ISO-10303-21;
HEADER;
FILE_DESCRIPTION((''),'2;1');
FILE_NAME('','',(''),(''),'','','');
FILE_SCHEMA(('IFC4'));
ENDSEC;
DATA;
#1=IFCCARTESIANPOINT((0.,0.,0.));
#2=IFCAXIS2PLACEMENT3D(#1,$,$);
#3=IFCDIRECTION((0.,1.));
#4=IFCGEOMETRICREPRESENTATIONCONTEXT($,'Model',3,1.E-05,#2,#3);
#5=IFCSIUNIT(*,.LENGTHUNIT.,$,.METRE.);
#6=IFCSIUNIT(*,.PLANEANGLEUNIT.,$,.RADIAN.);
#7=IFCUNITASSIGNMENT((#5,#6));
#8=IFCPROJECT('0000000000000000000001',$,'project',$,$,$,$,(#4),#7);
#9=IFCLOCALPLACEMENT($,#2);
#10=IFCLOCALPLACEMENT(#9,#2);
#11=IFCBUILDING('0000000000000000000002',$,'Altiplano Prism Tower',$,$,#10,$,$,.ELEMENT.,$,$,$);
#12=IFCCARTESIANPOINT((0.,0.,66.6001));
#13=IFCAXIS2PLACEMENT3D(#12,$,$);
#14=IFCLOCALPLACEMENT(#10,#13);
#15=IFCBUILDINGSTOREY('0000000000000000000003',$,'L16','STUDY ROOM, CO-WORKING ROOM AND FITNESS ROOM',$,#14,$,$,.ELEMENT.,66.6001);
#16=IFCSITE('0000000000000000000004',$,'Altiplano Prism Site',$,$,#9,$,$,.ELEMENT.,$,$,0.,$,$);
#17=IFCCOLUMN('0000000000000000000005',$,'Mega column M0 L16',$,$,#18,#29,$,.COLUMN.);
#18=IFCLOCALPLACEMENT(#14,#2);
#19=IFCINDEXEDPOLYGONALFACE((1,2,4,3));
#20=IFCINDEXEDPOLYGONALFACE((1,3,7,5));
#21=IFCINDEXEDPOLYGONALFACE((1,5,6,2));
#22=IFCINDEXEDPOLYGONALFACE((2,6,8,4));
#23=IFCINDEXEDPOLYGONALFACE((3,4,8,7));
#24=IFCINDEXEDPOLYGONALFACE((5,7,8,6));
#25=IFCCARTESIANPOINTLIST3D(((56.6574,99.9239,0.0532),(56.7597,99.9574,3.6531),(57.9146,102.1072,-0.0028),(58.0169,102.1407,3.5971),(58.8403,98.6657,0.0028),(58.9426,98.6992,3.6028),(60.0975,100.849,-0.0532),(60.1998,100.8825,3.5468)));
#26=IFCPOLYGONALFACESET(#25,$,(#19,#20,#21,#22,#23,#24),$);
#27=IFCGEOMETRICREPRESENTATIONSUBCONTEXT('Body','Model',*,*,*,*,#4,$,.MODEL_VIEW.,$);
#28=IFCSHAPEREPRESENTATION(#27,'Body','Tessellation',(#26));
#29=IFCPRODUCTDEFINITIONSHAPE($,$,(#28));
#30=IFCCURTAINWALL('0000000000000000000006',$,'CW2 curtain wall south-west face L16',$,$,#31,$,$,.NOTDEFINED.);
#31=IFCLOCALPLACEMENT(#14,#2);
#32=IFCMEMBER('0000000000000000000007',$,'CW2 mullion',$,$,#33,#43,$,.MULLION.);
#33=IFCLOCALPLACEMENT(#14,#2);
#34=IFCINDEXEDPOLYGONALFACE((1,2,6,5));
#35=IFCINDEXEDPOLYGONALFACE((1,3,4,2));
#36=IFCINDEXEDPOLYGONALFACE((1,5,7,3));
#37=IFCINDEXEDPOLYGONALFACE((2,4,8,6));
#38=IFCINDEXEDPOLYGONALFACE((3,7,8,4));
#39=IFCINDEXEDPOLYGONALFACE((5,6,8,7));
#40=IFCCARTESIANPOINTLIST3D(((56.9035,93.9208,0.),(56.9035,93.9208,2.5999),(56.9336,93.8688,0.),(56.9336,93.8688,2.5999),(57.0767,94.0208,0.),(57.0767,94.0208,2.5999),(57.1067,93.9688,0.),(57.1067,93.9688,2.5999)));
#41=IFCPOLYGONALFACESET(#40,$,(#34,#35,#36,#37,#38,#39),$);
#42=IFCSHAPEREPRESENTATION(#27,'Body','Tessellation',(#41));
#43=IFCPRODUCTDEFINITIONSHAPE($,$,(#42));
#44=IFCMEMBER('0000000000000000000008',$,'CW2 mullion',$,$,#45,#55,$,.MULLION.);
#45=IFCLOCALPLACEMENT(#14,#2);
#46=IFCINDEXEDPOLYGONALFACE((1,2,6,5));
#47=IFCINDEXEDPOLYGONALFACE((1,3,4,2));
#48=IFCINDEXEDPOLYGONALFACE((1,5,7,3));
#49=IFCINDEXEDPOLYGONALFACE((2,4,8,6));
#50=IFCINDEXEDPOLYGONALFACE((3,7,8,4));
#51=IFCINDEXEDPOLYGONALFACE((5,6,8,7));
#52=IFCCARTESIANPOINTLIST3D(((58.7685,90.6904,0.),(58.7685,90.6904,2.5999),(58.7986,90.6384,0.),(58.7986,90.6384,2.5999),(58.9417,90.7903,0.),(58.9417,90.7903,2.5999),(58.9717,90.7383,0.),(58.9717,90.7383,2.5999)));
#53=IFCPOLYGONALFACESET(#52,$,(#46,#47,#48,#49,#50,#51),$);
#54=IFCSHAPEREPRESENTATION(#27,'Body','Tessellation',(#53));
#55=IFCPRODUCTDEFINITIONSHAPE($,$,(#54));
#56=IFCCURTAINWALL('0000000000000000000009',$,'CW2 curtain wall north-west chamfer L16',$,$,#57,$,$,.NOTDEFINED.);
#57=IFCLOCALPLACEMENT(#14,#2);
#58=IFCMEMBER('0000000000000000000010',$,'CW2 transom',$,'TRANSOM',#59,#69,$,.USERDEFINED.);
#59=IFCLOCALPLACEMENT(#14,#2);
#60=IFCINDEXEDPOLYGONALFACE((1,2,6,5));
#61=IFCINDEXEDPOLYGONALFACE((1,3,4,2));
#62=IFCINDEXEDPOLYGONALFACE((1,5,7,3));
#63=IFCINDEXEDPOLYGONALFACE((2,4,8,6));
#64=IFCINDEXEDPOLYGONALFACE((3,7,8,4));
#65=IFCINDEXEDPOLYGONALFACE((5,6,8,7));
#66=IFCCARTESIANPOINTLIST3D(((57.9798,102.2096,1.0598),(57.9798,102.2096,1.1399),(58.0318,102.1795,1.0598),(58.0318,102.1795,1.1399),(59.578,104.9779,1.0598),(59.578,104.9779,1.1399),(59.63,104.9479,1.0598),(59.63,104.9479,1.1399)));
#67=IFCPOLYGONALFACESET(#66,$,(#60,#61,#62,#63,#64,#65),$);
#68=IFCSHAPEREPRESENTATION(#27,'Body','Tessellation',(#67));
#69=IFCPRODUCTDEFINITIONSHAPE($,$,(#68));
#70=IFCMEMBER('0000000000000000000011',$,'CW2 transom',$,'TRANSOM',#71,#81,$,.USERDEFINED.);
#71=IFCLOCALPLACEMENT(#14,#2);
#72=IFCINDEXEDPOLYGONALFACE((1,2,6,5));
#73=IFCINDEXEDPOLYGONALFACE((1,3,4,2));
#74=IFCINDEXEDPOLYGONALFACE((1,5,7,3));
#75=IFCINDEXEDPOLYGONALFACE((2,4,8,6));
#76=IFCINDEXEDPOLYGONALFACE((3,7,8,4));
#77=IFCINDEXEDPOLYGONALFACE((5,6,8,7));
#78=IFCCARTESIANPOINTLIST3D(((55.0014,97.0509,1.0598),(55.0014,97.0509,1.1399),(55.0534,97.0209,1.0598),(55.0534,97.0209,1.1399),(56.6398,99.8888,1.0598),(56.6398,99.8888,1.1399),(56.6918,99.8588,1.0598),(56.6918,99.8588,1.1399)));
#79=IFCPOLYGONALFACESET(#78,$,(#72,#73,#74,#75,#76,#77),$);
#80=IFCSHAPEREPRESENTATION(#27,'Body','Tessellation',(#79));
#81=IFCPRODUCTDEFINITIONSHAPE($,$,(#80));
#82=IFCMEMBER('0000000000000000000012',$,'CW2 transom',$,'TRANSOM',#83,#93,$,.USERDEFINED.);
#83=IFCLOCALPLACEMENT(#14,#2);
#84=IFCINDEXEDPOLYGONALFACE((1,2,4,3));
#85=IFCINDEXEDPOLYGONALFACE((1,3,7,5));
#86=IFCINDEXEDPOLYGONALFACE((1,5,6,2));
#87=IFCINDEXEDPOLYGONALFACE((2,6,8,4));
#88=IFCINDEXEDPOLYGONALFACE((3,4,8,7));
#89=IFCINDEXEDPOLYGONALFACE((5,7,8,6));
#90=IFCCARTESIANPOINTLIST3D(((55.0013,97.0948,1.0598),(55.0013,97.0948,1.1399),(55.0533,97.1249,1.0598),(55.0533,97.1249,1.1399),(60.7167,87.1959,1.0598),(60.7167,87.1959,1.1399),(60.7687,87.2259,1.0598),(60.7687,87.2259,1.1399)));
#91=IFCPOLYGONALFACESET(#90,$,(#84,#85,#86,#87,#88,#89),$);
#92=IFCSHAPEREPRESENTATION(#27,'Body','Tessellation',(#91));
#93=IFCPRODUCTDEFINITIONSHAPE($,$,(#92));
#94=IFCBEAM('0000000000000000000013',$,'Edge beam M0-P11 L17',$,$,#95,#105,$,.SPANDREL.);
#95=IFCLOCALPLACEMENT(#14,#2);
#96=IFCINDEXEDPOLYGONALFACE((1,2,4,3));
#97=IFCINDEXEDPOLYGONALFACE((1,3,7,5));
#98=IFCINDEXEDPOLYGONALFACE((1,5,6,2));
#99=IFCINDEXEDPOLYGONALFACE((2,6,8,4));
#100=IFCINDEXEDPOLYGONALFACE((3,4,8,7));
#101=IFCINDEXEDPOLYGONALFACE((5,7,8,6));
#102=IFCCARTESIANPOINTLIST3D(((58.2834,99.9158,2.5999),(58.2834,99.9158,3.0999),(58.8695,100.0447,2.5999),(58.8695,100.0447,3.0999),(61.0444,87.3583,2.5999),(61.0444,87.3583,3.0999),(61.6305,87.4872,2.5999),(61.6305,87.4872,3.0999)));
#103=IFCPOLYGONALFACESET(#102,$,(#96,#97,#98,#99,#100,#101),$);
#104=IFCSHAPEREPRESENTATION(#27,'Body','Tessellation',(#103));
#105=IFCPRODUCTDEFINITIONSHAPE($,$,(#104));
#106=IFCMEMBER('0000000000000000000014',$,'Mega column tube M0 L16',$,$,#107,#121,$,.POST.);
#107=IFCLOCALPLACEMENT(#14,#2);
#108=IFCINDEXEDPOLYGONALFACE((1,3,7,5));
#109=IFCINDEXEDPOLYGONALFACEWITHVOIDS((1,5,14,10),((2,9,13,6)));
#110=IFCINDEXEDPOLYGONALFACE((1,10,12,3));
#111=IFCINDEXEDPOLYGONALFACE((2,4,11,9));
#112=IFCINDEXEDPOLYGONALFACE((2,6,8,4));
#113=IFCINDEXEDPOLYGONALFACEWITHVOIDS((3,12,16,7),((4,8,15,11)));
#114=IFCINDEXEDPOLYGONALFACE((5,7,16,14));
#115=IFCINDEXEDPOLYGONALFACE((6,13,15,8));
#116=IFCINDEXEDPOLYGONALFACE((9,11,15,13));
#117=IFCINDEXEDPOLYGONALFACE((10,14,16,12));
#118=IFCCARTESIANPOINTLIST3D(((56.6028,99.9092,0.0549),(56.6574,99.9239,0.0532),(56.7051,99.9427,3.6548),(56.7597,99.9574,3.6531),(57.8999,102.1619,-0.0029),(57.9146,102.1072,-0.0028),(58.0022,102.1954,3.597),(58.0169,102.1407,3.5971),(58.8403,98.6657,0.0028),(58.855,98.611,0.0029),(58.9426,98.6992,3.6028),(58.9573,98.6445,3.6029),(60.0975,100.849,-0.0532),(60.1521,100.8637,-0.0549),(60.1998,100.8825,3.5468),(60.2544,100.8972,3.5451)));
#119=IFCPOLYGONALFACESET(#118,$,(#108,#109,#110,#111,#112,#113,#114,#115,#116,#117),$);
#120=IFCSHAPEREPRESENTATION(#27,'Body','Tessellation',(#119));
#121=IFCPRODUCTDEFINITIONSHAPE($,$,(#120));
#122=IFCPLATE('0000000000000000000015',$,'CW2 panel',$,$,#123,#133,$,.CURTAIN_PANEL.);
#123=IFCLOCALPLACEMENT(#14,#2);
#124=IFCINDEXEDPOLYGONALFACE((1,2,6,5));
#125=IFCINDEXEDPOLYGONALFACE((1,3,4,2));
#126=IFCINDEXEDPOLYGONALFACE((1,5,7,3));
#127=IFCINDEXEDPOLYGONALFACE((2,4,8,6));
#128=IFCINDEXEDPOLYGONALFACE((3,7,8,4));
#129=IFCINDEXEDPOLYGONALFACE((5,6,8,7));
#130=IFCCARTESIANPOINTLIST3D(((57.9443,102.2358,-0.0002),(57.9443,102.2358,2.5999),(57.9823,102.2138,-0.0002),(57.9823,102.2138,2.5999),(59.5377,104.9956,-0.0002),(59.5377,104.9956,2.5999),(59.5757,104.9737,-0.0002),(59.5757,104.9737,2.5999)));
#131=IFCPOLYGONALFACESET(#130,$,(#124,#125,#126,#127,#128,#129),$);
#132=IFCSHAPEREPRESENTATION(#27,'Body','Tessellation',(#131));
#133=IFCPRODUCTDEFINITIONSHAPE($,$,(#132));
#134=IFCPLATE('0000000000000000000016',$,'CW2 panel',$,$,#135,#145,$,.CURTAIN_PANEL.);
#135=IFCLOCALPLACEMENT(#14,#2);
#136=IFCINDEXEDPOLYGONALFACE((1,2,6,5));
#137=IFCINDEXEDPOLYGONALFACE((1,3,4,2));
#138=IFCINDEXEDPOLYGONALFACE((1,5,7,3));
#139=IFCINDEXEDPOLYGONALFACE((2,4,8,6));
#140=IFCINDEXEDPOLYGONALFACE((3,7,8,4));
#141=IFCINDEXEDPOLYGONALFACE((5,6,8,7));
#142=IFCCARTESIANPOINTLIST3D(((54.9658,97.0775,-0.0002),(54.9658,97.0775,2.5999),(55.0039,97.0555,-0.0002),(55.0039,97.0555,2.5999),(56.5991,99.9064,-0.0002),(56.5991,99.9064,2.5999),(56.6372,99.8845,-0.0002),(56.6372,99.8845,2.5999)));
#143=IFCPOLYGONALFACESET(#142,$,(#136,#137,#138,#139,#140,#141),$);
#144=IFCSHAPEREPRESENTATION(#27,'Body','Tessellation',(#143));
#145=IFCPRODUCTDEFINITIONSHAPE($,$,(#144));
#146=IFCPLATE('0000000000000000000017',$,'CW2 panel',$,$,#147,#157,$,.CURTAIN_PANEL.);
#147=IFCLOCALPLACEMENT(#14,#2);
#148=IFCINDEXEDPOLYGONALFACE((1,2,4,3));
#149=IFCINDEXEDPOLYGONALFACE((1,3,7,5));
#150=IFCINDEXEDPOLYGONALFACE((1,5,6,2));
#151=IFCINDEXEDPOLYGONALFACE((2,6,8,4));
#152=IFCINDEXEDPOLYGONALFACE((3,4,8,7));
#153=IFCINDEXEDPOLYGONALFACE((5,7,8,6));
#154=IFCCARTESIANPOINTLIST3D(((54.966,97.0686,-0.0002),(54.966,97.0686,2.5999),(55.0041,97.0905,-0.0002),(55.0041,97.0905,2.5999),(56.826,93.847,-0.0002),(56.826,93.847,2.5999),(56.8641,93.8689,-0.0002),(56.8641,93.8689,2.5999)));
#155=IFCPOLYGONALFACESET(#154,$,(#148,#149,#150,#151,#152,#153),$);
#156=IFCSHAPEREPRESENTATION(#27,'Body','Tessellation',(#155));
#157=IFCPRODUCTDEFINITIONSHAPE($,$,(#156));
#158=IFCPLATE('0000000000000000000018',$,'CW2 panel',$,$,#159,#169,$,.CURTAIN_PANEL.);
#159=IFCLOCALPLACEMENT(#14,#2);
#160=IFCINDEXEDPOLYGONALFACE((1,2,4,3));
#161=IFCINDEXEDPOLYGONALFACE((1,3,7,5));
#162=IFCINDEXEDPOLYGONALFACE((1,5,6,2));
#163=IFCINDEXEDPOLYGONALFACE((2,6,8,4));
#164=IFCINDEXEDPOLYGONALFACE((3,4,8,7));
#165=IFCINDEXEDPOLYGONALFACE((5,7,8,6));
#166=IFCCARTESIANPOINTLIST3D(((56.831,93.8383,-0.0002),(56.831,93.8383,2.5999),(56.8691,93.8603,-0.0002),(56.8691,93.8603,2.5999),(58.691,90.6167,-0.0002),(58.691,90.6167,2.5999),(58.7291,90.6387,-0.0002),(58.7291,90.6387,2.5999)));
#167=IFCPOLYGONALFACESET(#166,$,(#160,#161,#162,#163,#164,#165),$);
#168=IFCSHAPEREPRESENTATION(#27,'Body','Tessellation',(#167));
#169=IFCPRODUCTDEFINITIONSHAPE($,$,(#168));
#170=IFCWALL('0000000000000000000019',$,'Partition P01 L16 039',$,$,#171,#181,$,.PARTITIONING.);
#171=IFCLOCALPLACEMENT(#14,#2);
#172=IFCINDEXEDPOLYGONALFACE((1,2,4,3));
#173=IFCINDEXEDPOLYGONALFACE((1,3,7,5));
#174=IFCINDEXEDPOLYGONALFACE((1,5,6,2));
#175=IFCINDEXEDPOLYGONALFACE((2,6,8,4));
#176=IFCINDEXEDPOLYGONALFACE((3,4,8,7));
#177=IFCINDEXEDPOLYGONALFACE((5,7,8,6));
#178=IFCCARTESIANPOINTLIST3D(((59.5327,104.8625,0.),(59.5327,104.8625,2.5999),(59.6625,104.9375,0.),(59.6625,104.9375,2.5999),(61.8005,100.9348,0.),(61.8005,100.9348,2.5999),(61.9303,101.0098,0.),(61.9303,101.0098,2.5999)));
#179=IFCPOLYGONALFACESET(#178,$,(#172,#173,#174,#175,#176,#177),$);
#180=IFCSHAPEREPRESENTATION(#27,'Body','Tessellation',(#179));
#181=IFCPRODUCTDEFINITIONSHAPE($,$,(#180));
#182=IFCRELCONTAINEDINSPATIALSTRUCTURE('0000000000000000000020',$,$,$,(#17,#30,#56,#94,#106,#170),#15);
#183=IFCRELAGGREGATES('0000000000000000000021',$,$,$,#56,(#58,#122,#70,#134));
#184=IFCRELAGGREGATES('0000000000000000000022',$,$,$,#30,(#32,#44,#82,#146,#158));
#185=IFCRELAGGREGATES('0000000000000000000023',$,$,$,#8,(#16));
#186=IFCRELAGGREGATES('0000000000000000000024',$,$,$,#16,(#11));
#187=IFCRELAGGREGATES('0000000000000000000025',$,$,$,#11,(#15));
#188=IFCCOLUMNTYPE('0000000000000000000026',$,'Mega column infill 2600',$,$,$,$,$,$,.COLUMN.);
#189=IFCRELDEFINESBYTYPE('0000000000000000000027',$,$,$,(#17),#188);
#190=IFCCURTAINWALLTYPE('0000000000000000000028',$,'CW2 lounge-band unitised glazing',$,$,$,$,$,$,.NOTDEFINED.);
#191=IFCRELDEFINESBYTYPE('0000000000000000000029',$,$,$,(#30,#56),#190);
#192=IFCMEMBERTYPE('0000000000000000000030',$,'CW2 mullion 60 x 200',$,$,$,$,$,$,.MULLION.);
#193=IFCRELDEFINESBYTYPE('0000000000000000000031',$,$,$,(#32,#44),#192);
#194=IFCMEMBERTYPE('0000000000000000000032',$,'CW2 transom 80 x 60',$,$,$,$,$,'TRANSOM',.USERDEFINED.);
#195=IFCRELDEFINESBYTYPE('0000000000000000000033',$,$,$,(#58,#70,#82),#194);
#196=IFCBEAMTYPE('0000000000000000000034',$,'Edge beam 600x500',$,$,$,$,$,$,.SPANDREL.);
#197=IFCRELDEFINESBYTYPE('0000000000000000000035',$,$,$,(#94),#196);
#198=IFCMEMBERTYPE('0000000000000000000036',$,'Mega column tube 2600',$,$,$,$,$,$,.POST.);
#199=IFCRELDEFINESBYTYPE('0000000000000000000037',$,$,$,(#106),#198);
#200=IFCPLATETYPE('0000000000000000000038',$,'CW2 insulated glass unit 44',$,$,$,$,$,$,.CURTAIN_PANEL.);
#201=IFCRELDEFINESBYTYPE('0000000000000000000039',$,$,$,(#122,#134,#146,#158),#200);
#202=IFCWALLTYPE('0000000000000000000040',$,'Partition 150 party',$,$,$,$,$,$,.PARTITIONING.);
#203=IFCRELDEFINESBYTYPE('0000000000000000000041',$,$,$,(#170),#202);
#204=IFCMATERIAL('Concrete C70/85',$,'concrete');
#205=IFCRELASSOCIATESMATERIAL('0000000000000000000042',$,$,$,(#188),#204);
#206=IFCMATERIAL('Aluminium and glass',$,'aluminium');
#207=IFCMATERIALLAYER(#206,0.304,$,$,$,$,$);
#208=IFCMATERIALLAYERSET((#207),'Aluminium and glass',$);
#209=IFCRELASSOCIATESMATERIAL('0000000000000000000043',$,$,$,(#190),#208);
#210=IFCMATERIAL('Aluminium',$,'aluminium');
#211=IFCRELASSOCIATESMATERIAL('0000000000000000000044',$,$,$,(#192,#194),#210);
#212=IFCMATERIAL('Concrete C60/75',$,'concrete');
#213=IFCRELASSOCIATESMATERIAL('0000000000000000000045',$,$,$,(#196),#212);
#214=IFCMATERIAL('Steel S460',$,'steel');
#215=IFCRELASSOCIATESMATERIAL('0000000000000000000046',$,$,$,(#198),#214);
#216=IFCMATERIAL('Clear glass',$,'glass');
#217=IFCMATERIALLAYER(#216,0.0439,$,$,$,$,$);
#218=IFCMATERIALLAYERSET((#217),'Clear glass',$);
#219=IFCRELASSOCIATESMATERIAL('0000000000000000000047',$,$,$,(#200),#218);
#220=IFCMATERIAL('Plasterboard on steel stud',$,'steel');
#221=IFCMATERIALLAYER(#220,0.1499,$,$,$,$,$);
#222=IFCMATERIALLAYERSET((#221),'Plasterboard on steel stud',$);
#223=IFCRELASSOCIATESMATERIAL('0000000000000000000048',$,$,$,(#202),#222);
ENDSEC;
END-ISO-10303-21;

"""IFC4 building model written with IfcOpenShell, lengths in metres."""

from ifc_helpers import new_model, si_unit, direction, frame, frame_2d, origin, origin_2d, place, context, subcontext, project, spatial, rectangle, hollow_rectangle, extrude, material, layer, layer_set, material_profile, profile_set, type_object, element, aggregate, save


model = new_model("IFC4")

# Units and contexts
model_context = context("Model", 3, precision=1e-05, world=origin(), true_north=direction((0.0, 1.0)))
body_context = subcontext(model_context, "Body", "Model", "MODEL_VIEW")
ifc_project = project(units=[si_unit("LENGTHUNIT", "METRE"), si_unit("PLANEANGLEUNIT", "RADIAN")], contexts=[model_context])

# Site, building, storey
site_placement = place(None, origin())
site = spatial("IfcSite", under=ifc_project, at=site_placement, Name="Altiplano Prism Site", CompositionType="ELEMENT", RefElevation=0.0)
building_placement = place(site_placement, origin())
building = spatial("IfcBuilding", under=site, at=building_placement, Name="Altiplano Prism Tower", CompositionType="ELEMENT")
storey_placement = place(building_placement, frame((0.0, 0.0, 66.6001)))
storey = spatial("IfcBuildingStorey", under=building, at=storey_placement, Name="L16", Description="STUDY ROOM, CO-WORKING ROOM AND FITNESS ROOM", CompositionType="ELEMENT", Elevation=66.6001)

# Column
ifc_material_1 = material(Name="Concrete C70/85", Category="concrete")
ifc_material_profile_1 = material_profile(ifc_material_1, rectangle(XDim=2.52, YDim=2.52, at=origin_2d()), Name="Mega column infill 2600")
ifc_profile_set_1 = profile_set([ifc_material_profile_1], Name="Concrete C70/85")
column_type = type_object("IfcColumnType", Name="Mega column infill 2600", PredefinedType="COLUMN", material=ifc_profile_set_1)
column_placement = place(storey_placement, frame((58.3774, 100.3865, 0.0), z_axis=(0.028404, 0.009287, 0.999553), x_axis=(-0.866202, 0.499295, 0.019975)))
element("IfcColumn", 1, at=column_placement, inside=storey, type_object=column_type, Name="Mega column M0 L16", PredefinedType="COLUMN", context=body_context, shape_type="SweptSolid", body=[
    extrude(rectangle(XDim=2.52, YDim=2.52, at=origin_2d()), origin(), (0.0, 0.0, 1.0), 3.6016),
])

# Curtain walls, members
ifc_material_2 = material(Name="Aluminium and glass", Category="aluminium")
ifc_layer_1 = layer(ifc_material_2, 0.304)
ifc_layer_set_1 = layer_set([ifc_layer_1], Name="Aluminium and glass")
curtain_wall_type = type_object("IfcCurtainWallType", Name="CW2 lounge-band unitised glazing", PredefinedType="NOTDEFINED", material=ifc_layer_set_1)
curtain_wall_1_placement = place(storey_placement, origin())
curtain_wall_1 = element("IfcCurtainWall", 2, at=curtain_wall_1_placement, inside=storey, type_object=curtain_wall_type, Name="CW2 curtain wall south-west face L16", PredefinedType="NOTDEFINED")
ifc_material_3 = material(Name="Aluminium", Category="aluminium")
ifc_material_profile_2 = material_profile(ifc_material_3, rectangle(XDim=0.2, YDim=0.0601, at=origin_2d()), Name="CW2 mullion 60 x 200")
ifc_profile_set_2 = profile_set([ifc_material_profile_2], Name="Aluminium")
member_type_1 = type_object("IfcMemberType", Name="CW2 mullion 60 x 200", PredefinedType="MULLION", material=ifc_profile_set_2)
member_1_placement = place(storey_placement, frame((57.0051, 93.9448, 0.0), z_axis=(0.0, 0.0, 1.0), x_axis=(0.866025, 0.5, 0.0)))
member_1 = element("IfcMember", 3, at=member_1_placement, type_object=member_type_1, Name="CW2 mullion", PredefinedType="MULLION", context=body_context, shape_type="SweptSolid", body=[
    extrude(rectangle(XDim=0.2, YDim=0.0601, at=origin_2d()), origin(), (0.0, 0.0, 1.0), 2.5999),
])
member_2_placement = place(storey_placement, frame((58.8701, 90.7144, 0.0), z_axis=(0.0, 0.0, 1.0), x_axis=(0.866025, 0.5, 0.0)))
member_2 = element("IfcMember", 4, at=member_2_placement, type_object=member_type_1, Name="CW2 mullion", PredefinedType="MULLION", context=body_context, shape_type="SweptSolid", body=[
    extrude(rectangle(XDim=0.2, YDim=0.0601, at=origin_2d()), origin(), (0.0, 0.0, 1.0), 2.5999),
])
curtain_wall_2_placement = place(storey_placement, origin())
curtain_wall_2 = element("IfcCurtainWall", 5, at=curtain_wall_2_placement, inside=storey, type_object=curtain_wall_type, Name="CW2 curtain wall north-west chamfer L16", PredefinedType="NOTDEFINED")
ifc_material_profile_3 = material_profile(ifc_material_3, rectangle(XDim=0.0601, YDim=0.0801, at=origin_2d()), Name="CW2 transom 80 x 60")
ifc_profile_set_3 = profile_set([ifc_material_profile_3], Name="Aluminium")
member_type_2 = type_object("IfcMemberType", Name="CW2 transom 80 x 60", ElementType="TRANSOM", PredefinedType="USERDEFINED", material=ifc_profile_set_3)
member_3_placement = place(storey_placement, frame((59.604, 104.9629, 1.0999), z_axis=(-0.499967, -0.866044, 0.0), x_axis=(0.866044, -0.499967, 0.0)))
member_3 = element("IfcMember", 6, at=member_3_placement, type_object=member_type_2, Name="CW2 transom", ObjectType="TRANSOM", PredefinedType="USERDEFINED", context=body_context, shape_type="SweptSolid", body=[
    extrude(rectangle(XDim=0.0601, YDim=0.0801, at=origin_2d()), origin(), (0.0, 0.0, 1.0), 3.1965),
])
member_4_placement = place(storey_placement, frame((56.6658, 99.8738, 1.0999), z_axis=(-0.499993, -0.866029, 0.0), x_axis=(0.866029, -0.499993, 0.0)))
member_4 = element("IfcMember", 7, at=member_4_placement, type_object=member_type_2, Name="CW2 transom", ObjectType="TRANSOM", PredefinedType="USERDEFINED", context=body_context, shape_type="SweptSolid", body=[
    extrude(rectangle(XDim=0.0601, YDim=0.0801, at=origin_2d()), origin(), (0.0, 0.0, 1.0), 3.2769),
])

# Member
member_5_placement = place(storey_placement, frame((55.0273, 97.1099, 1.0999), z_axis=(0.500012, -0.866018, 0.0), x_axis=(0.866018, 0.500012, 0.0)))
member_5 = element("IfcMember", 8, at=member_5_placement, type_object=member_type_2, Name="CW2 transom", ObjectType="TRANSOM", PredefinedType="USERDEFINED", context=body_context, shape_type="SweptSolid", body=[
    extrude(rectangle(XDim=0.0601, YDim=0.0801, at=origin_2d()), origin(), (0.0, 0.0, 1.0), 11.4304),
])

# Beam
ifc_material_4 = material(Name="Concrete C60/75", Category="concrete")
ifc_material_profile_4 = material_profile(ifc_material_4, rectangle(XDim=0.6001, YDim=0.5, at=origin_2d()), Name="Edge beam 600x500")
ifc_profile_set_4 = profile_set([ifc_material_profile_4], Name="Concrete C60/75")
beam_type = type_object("IfcBeamType", Name="Edge beam 600x500", PredefinedType="SPANDREL", material=ifc_profile_set_4)
beam_placement = place(storey_placement, frame((58.5764, 99.9802, 2.8499), z_axis=(0.21474, -0.976671, 0.0), x_axis=(0.976671, 0.21474, 0.0)))
element("IfcBeam", 9, at=beam_placement, inside=storey, type_object=beam_type, Name="Edge beam M0-P11 L17", PredefinedType="SPANDREL", context=body_context, shape_type="SweptSolid", body=[
    extrude(rectangle(XDim=0.6001, YDim=0.5, at=origin_2d()), origin(), (0.0, 0.0, 1.0), 12.8574),
])

# Member
ifc_material_5 = material(Name="Steel S460", Category="steel")
ifc_material_profile_5 = material_profile(ifc_material_5, hollow_rectangle(XDim=2.6001, YDim=2.6001, WallThickness=0.04, at=origin_2d()), Name="Mega column tube 2600")
ifc_profile_set_5 = profile_set([ifc_material_profile_5], Name="Steel S460")
member_type_3 = type_object("IfcMemberType", Name="Mega column tube 2600", PredefinedType="POST", material=ifc_profile_set_5)
member_6_placement = place(storey_placement, frame((58.3774, 100.3865, 0.0), z_axis=(0.028404, 0.009287, 0.999553), x_axis=(-0.866202, 0.499295, 0.019975)))
element("IfcMember", 10, at=member_6_placement, inside=storey, type_object=member_type_3, Name="Mega column tube M0 L16", PredefinedType="POST", context=body_context, shape_type="SweptSolid", body=[
    extrude(hollow_rectangle(XDim=2.6001, YDim=2.6001, WallThickness=0.04, at=origin_2d()), origin(), (0.0, 0.0, 1.0), 3.6016),
])

# Plates
ifc_material_6 = material(Name="Clear glass", Category="glass")
ifc_layer_2 = layer(ifc_material_6, 0.0439)
ifc_layer_set_2 = layer_set([ifc_layer_2], Name="Clear glass")
plate_type = type_object("IfcPlateType", Name="CW2 insulated glass unit 44", PredefinedType="CURTAIN_PANEL", material=ifc_layer_set_2)
plate_1_placement = place(storey_placement, frame((58.76, 103.6047, -0.0002), z_axis=(0.0, 0.0, 1.0), x_axis=(-0.5, -0.866025, 0.0)))
plate_1 = element("IfcPlate", 11, at=plate_1_placement, type_object=plate_type, Name="CW2 panel", PredefinedType="CURTAIN_PANEL", context=body_context, shape_type="SweptSolid", body=[
    extrude(rectangle(XDim=3.1868, YDim=0.0439, at=origin_2d()), origin(), (0.0, 0.0, 1.0), 2.6001),
])
plate_2_placement = place(storey_placement, frame((55.8015, 98.481, -0.0002), z_axis=(0.0, 0.0, 1.0), x_axis=(-0.5, -0.866025, 0.0)))
plate_2 = element("IfcPlate", 12, at=plate_2_placement, type_object=plate_type, Name="CW2 panel", PredefinedType="CURTAIN_PANEL", context=body_context, shape_type="SweptSolid", body=[
    extrude(rectangle(XDim=3.2666, YDim=0.0439, at=origin_2d()), origin(), (0.0, 0.0, 1.0), 2.6001),
])
aggregate(curtain_wall_2, [member_3, plate_1, member_4, plate_2])
plate_3_placement = place(storey_placement, frame((55.915, 95.4688, -0.0002), z_axis=(0.0, 0.0, 1.0), x_axis=(0.5, -0.866025, 0.0)))
plate_3 = element("IfcPlate", 13, at=plate_3_placement, type_object=plate_type, Name="CW2 panel", PredefinedType="CURTAIN_PANEL", context=body_context, shape_type="SweptSolid", body=[
    extrude(rectangle(XDim=3.72, YDim=0.0439, at=origin_2d()), origin(), (0.0, 0.0, 1.0), 2.6001),
])
plate_4_placement = place(storey_placement, frame((57.78, 92.2385, -0.0002), z_axis=(0.0, 0.0, 1.0), x_axis=(0.5, -0.866025, 0.0)))
plate_4 = element("IfcPlate", 14, at=plate_4_placement, type_object=plate_type, Name="CW2 panel", PredefinedType="CURTAIN_PANEL", context=body_context, shape_type="SweptSolid", body=[
    extrude(rectangle(XDim=3.72, YDim=0.0439, at=origin_2d()), origin(), (0.0, 0.0, 1.0), 2.6001),
])
aggregate(curtain_wall_1, [member_1, member_2, member_5, plate_3, plate_4])

# Wall
ifc_material_7 = material(Name="Plasterboard on steel stud", Category="steel")
ifc_layer_3 = layer(ifc_material_7, 0.1499)
ifc_layer_set_3 = layer_set([ifc_layer_3], Name="Plasterboard on steel stud")
wall_type_1 = type_object("IfcWallType", Name="Partition 150 party", PredefinedType="PARTITIONING", material=ifc_layer_set_3)
wall_1_placement = place(storey_placement, frame((59.5977, 104.8999, 0.0), z_axis=(0.0, 0.0, 1.0), x_axis=(0.500024, -0.866012, 0.0)))
element("IfcWall", 15, at=wall_1_placement, inside=storey, type_object=wall_type_1, Name="Partition P01 L16 039", PredefinedType="PARTITIONING", context=body_context, shape_type="SweptSolid", body=[
    extrude(rectangle(XDim=4.5354, YDim=0.1499, at=frame_2d((2.2676, 0.0))), origin(), (0.0, 0.0, 1.0), 2.5999),
])

save(model, "model.ifc")
